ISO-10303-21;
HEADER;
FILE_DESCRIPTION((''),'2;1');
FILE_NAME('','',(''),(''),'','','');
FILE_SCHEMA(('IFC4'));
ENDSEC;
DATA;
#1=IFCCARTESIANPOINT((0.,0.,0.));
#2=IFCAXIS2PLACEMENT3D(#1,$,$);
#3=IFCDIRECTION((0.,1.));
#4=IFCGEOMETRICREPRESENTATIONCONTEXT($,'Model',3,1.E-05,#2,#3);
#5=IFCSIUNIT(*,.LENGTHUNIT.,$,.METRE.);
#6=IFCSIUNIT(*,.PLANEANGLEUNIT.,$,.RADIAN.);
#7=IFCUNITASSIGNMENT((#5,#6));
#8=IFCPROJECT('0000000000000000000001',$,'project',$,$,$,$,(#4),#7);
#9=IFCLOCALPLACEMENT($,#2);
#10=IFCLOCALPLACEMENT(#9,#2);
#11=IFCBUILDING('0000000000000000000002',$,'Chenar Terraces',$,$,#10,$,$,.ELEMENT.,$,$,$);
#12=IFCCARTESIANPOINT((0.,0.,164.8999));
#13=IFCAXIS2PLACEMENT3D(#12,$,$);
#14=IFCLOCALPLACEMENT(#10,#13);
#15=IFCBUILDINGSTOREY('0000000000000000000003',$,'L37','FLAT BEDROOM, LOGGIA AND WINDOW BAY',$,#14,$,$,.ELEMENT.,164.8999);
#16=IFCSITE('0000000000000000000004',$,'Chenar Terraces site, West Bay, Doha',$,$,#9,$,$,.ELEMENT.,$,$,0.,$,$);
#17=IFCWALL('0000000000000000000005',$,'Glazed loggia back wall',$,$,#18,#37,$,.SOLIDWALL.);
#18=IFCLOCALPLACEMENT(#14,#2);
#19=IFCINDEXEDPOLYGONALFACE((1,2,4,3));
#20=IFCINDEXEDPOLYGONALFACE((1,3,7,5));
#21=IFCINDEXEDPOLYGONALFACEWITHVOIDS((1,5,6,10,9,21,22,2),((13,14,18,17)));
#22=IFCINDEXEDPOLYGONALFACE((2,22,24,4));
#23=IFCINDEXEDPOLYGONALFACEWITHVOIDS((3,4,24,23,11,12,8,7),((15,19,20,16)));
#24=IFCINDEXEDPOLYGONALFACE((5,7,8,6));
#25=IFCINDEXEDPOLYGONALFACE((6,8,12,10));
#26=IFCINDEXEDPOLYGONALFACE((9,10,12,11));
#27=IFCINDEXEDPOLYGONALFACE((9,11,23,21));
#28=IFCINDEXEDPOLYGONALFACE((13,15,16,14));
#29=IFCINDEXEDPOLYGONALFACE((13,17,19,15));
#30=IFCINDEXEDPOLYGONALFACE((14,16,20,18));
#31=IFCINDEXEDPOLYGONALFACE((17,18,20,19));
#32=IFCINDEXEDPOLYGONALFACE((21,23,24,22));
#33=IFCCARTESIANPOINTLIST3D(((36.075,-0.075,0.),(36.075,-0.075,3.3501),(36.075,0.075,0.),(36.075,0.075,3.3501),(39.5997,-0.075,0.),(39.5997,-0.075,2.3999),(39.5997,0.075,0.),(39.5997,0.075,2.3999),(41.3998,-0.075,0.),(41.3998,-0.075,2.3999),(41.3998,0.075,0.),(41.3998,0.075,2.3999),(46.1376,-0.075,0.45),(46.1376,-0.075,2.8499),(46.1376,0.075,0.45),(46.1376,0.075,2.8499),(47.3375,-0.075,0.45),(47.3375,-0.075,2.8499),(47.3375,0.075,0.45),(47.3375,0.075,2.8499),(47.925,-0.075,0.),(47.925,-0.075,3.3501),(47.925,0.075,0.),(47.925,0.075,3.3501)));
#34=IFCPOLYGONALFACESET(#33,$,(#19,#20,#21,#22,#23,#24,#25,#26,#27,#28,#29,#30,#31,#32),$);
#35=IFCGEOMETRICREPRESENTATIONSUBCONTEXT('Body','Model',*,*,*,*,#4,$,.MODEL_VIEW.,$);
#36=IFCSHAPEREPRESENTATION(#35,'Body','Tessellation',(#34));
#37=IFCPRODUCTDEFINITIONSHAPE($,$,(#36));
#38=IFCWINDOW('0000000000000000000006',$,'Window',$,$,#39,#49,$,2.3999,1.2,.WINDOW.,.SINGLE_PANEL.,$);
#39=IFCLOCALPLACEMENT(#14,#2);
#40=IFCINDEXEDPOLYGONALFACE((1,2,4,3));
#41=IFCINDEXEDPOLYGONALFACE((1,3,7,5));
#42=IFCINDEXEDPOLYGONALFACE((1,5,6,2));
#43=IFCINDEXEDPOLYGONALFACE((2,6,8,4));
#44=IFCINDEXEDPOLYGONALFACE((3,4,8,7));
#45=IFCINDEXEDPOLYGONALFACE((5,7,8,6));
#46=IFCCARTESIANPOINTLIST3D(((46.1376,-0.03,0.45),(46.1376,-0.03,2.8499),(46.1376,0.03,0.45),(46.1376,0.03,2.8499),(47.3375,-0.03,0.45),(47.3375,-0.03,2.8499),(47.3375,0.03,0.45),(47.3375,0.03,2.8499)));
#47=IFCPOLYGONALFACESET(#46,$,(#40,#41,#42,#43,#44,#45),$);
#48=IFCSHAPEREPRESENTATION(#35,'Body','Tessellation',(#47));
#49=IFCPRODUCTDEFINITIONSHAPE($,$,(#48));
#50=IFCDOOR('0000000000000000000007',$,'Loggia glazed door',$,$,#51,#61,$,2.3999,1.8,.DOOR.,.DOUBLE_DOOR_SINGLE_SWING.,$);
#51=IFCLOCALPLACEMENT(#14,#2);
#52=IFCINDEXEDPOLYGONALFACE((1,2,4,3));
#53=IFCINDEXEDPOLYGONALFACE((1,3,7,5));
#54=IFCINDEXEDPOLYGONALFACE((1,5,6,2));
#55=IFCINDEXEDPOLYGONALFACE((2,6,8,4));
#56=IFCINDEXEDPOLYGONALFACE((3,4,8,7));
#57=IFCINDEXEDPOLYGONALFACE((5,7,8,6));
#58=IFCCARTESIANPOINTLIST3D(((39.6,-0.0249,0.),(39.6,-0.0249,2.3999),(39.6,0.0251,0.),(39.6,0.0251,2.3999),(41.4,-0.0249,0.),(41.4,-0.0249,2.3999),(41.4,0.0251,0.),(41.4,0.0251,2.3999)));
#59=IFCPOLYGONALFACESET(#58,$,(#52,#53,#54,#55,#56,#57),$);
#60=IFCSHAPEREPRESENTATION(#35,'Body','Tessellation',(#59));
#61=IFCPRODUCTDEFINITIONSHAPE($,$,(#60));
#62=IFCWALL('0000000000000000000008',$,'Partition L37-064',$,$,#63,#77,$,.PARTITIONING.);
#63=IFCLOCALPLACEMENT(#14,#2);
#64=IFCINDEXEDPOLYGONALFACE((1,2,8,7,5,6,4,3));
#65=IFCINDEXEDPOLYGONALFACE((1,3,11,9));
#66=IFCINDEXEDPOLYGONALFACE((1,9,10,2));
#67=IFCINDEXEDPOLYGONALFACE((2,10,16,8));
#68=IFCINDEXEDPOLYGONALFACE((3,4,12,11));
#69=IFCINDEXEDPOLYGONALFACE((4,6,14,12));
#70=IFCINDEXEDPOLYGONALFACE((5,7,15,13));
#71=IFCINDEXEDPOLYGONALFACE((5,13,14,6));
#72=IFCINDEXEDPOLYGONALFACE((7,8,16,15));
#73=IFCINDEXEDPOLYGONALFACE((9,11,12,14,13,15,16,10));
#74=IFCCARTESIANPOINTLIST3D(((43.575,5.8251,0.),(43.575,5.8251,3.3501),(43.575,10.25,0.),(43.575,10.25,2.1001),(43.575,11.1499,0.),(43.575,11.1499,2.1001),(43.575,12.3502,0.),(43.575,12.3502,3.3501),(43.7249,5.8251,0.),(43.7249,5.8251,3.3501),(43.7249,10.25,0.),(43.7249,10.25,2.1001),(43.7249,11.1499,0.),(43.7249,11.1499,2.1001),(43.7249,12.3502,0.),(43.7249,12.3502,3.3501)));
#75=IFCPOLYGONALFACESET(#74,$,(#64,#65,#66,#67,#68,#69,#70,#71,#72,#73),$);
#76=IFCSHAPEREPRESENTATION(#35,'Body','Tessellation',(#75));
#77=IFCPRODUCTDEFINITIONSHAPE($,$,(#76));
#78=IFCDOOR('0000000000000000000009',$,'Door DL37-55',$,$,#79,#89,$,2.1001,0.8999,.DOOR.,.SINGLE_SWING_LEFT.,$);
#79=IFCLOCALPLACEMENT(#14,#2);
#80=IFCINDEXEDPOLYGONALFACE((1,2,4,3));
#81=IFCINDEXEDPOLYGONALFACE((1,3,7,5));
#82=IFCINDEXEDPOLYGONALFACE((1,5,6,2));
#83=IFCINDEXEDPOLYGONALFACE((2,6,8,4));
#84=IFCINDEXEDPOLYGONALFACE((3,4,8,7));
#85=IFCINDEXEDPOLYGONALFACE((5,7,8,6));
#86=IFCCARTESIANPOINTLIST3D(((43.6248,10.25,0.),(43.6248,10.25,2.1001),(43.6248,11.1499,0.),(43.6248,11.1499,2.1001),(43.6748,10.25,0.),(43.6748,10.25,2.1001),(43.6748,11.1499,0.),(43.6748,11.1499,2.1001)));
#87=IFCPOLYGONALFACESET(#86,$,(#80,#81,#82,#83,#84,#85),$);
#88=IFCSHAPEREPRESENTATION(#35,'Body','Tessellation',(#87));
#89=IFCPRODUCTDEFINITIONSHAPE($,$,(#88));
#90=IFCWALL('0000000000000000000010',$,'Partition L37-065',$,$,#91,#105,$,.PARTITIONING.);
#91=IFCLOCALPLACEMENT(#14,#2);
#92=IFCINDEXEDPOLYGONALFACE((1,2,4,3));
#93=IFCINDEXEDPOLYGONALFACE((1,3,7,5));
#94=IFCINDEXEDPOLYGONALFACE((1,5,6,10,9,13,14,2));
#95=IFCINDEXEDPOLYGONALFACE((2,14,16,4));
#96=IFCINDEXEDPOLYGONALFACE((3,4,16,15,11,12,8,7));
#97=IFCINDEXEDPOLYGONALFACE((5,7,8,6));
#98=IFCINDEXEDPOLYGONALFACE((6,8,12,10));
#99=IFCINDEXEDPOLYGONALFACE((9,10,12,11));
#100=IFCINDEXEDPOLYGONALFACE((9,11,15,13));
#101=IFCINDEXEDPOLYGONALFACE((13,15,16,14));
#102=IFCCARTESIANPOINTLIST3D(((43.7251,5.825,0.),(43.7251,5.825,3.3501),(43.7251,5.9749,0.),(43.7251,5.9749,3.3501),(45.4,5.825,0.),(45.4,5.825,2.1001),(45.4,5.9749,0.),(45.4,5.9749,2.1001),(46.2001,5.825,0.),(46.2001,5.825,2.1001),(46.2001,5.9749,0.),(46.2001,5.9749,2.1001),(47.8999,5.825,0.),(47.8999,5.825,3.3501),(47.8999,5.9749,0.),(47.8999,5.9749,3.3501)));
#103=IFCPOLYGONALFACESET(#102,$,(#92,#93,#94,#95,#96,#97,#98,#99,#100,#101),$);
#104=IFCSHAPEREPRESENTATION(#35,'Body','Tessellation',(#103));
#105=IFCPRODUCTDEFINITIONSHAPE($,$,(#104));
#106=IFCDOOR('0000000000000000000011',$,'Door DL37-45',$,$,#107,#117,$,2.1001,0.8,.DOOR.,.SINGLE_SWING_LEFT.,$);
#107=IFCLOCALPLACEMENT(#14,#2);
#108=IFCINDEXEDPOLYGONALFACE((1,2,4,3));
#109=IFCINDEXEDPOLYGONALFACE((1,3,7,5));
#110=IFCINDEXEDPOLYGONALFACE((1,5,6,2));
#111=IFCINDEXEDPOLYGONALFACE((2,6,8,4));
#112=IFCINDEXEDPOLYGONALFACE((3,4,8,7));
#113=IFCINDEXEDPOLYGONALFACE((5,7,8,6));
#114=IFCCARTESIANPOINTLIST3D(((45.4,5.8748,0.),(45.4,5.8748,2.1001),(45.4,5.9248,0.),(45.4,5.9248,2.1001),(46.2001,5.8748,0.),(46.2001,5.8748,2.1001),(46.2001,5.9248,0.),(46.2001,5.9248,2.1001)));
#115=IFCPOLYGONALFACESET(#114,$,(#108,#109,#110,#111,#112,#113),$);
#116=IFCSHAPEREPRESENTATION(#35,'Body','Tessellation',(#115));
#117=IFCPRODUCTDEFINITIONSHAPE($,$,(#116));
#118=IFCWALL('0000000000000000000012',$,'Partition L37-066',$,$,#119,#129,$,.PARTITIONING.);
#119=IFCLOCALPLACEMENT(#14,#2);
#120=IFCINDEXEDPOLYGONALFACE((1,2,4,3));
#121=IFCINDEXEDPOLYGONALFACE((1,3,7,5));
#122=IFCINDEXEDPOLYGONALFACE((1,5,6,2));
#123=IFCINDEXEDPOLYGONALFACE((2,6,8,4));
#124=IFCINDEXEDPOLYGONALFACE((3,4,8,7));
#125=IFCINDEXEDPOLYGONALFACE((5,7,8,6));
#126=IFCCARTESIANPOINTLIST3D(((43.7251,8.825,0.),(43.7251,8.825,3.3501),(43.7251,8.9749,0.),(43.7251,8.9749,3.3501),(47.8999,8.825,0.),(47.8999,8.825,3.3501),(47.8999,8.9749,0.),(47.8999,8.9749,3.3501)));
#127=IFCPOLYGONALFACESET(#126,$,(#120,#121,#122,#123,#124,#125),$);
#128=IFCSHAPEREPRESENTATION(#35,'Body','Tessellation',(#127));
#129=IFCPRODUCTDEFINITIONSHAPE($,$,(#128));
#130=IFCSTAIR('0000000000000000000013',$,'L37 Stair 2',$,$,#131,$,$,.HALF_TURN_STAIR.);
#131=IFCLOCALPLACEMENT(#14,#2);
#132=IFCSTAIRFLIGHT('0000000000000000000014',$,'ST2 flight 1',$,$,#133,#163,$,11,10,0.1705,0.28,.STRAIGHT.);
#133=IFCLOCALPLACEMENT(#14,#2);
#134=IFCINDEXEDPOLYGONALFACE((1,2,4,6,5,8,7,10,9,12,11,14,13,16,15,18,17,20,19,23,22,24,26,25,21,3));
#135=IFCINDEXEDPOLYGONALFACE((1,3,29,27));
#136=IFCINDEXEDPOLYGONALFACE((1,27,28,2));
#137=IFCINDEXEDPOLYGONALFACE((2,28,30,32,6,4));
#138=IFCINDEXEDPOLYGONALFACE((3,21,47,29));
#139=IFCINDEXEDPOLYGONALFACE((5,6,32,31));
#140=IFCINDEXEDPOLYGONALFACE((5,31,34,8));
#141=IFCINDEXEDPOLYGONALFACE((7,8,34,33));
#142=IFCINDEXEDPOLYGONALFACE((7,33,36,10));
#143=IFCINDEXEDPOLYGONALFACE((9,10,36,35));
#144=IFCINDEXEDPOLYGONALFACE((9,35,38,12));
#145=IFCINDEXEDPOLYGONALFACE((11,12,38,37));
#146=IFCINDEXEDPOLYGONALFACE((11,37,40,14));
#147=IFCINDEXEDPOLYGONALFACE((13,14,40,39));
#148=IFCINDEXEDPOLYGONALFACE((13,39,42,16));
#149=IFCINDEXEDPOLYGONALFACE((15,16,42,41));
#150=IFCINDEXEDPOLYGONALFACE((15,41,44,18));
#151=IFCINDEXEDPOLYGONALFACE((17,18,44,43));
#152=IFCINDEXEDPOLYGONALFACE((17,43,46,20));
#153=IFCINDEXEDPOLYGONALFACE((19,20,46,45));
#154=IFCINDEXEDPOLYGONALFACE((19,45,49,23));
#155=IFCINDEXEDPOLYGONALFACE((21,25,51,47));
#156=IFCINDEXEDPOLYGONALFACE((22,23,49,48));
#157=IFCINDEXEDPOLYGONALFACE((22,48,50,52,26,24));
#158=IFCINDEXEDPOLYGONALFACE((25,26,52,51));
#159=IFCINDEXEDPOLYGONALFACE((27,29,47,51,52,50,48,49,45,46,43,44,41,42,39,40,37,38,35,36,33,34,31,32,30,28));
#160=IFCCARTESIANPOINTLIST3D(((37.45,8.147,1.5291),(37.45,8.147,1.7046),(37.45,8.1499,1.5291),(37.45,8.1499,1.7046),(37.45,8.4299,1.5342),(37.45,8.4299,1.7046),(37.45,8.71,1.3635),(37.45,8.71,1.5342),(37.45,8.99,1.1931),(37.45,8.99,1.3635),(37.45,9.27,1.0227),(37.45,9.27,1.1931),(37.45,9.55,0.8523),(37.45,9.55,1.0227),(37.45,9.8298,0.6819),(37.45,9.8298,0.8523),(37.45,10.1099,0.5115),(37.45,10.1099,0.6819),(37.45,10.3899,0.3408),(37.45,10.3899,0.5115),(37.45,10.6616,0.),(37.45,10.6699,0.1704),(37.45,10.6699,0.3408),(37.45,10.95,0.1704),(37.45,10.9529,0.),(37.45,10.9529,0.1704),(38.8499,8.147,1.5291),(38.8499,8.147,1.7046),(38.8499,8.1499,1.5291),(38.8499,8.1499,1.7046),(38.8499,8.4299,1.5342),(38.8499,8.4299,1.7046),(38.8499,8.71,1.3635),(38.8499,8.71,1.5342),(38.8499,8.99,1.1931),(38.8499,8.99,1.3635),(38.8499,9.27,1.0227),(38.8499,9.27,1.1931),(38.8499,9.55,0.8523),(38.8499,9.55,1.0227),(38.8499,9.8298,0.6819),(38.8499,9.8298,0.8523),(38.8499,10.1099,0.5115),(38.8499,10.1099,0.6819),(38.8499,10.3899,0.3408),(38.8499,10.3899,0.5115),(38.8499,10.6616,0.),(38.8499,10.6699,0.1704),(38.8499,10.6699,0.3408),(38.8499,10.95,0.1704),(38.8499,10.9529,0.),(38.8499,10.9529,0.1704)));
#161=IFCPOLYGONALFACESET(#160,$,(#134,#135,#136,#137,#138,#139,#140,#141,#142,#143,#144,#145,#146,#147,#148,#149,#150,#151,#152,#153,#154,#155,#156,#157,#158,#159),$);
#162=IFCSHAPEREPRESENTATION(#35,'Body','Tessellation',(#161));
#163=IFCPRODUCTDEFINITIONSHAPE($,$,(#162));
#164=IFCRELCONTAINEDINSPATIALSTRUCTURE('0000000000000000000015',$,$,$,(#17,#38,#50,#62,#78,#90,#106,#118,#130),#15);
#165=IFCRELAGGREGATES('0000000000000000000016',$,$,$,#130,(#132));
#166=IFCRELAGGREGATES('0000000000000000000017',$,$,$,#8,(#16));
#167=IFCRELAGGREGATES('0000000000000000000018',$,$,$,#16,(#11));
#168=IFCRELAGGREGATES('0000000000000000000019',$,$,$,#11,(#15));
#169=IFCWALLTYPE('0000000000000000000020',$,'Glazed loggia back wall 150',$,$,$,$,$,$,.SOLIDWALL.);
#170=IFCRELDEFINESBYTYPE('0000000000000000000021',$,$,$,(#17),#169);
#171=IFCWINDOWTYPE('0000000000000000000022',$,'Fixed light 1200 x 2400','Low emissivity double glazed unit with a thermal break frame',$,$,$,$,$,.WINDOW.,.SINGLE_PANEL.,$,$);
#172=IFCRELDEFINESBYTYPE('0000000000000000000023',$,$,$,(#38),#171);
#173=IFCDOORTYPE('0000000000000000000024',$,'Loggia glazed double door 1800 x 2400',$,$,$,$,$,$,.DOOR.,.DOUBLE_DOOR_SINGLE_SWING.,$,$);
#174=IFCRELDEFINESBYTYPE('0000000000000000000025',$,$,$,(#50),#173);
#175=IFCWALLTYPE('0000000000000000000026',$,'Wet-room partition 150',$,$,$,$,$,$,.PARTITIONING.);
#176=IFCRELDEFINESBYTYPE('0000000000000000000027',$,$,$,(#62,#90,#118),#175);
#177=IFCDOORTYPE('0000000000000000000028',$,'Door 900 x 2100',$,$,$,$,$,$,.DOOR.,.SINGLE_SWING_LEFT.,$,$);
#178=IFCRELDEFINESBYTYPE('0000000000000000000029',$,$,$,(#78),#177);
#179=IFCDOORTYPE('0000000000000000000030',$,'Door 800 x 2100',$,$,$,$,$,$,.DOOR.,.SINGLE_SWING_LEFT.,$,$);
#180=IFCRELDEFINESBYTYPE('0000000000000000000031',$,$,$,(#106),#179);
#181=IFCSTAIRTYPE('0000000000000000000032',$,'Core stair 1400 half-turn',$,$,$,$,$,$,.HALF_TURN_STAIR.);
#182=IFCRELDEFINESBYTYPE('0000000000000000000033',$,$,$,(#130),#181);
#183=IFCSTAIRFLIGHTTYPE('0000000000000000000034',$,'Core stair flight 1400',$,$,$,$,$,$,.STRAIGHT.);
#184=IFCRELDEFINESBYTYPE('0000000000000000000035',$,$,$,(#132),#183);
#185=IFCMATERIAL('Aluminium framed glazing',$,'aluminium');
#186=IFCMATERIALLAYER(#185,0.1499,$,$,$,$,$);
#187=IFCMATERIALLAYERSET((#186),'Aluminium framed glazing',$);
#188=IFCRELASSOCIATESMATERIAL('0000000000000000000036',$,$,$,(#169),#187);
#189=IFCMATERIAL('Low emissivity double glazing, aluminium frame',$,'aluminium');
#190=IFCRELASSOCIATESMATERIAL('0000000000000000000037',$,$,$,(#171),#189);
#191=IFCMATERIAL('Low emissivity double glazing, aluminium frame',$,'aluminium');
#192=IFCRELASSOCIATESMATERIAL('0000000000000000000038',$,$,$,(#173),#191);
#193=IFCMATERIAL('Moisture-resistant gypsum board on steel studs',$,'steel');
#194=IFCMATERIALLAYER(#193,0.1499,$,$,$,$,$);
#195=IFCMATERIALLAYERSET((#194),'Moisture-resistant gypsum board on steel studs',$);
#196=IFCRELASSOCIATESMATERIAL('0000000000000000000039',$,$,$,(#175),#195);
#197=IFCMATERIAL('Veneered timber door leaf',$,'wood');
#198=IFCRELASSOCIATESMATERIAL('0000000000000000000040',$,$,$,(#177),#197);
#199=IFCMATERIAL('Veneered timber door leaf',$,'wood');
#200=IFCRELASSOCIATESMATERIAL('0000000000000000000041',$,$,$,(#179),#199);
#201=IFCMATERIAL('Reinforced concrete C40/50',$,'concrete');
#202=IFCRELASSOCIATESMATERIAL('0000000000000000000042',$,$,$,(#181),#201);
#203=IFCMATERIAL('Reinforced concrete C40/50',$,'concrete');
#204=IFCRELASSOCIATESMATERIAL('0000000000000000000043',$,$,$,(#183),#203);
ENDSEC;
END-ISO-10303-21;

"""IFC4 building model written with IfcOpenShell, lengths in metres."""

from ifc_helpers import new_model, si_unit, direction, frame, frame_2d, origin, place, context, subcontext, project, spatial, polyline, rectangle, outline, extrude, material, layer, layer_set, type_object, element, fill, aggregate, save


model = new_model("IFC4")

# Units and contexts
model_context = context("Model", 3, precision=1e-05, world=origin(), true_north=direction((0.0, 1.0)))
body_context = subcontext(model_context, "Body", "Model", "MODEL_VIEW")
ifc_project = project(units=[si_unit("LENGTHUNIT", "METRE"), si_unit("PLANEANGLEUNIT", "RADIAN")], contexts=[model_context])

# Site, building, storey
site_placement = place(None, origin())
site = spatial("IfcSite", under=ifc_project, at=site_placement, Name="Chenar Terraces site, West Bay, Doha", CompositionType="ELEMENT", RefElevation=0.0)
building_placement = place(site_placement, origin())
building = spatial("IfcBuilding", under=site, at=building_placement, Name="Chenar Terraces", CompositionType="ELEMENT")
storey_placement = place(building_placement, frame((0.0, 0.0, 164.8999)))
storey = spatial("IfcBuildingStorey", under=building, at=storey_placement, Name="L37", Description="FLAT BEDROOM, LOGGIA AND WINDOW BAY", CompositionType="ELEMENT", Elevation=164.8999)

# Wall, openings, window, door
ifc_material_1 = material(Name="Aluminium framed glazing", Category="aluminium")
ifc_layer_1 = layer(ifc_material_1, 0.1499)
ifc_layer_set_1 = layer_set([ifc_layer_1], Name="Aluminium framed glazing")
wall_type_1 = type_object("IfcWallType", Name="Glazed loggia back wall 150", PredefinedType="SOLIDWALL", material=ifc_layer_set_1)
wall_1_placement = place(storey_placement, frame((36.075, 0.0, 0.0), z_axis=(0.0, 0.0, 1.0), x_axis=(1.0, 0.0, 0.0)))
wall_1 = element("IfcWall", 1, at=wall_1_placement, inside=storey, type_object=wall_type_1, Name="Glazed loggia back wall", PredefinedType="SOLIDWALL", context=body_context, shape_type="SweptSolid", body=[
    extrude(rectangle(XDim=11.8501, YDim=0.1499, at=frame_2d((5.925, 0.0))), origin(), (0.0, 0.0, 1.0), 3.3501),
])
opening_1_placement = place(wall_1_placement, frame((3.5249, 0.0, 0.0)))
opening_1 = element("IfcOpeningElement", 2, at=opening_1_placement, cuts=wall_1, PredefinedType="OPENING", context=body_context, shape_type="SweptSolid", body=[
    extrude(rectangle(XDim=1.8, YDim=2.3999, at=frame_2d((0.8999, 1.2))), frame((0.0, 0.085, 0.0), z_axis=(0.0, -1.0, 0.0), x_axis=(1.0, 0.0, 0.0)), (0.0, 0.0, 1.0), 0.1699),
])
opening_2_placement = place(wall_1_placement, frame((10.0625, 0.0, 0.45)))
opening_2 = element("IfcOpeningElement", 3, at=opening_2_placement, cuts=wall_1, PredefinedType="OPENING", context=body_context, shape_type="SweptSolid", body=[
    extrude(rectangle(XDim=1.2, YDim=2.3999, at=frame_2d((0.6001, 1.2))), frame((0.0, 0.085, 0.0), z_axis=(0.0, -1.0, 0.0), x_axis=(1.0, 0.0, 0.0)), (0.0, 0.0, 1.0), 0.1699),
])
ifc_material_2 = material(Name="Low emissivity double glazing, aluminium frame", Category="aluminium")
window_type = type_object("IfcWindowType", Name="Fixed light 1200 x 2400", Description="Low emissivity double glazed unit with a thermal break frame", PartitioningType="SINGLE_PANEL", PredefinedType="WINDOW", material=ifc_material_2)
window_placement = place(opening_2_placement, origin())
window = element("IfcWindow", 4, at=window_placement, inside=storey, type_object=window_type, Name="Window", OverallHeight=2.3999, OverallWidth=1.2, PartitioningType="SINGLE_PANEL", PredefinedType="WINDOW", context=body_context, shape_type="SweptSolid", body=[
    extrude(rectangle(XDim=1.2, YDim=2.3999, at=frame_2d((0.6001, 1.2))), frame((0.0, 0.03, 0.0), z_axis=(0.0, -1.0, 0.0), x_axis=(1.0, 0.0, 0.0)), (0.0, 0.0, 1.0), 0.0601),
])
fill(opening_2, window)
ifc_material_3 = material(Name="Low emissivity double glazing, aluminium frame", Category="aluminium")
door_type_1 = type_object("IfcDoorType", Name="Loggia glazed double door 1800 x 2400", OperationType="DOUBLE_DOOR_SINGLE_SWING", PredefinedType="DOOR", material=ifc_material_3)
door_1_placement = place(opening_1_placement, frame((1.8, 0.0, 0.0), z_axis=(0.0, 0.0, 1.0), x_axis=(-1.0, 0.0, 0.0)))
door_1 = element("IfcDoor", 5, at=door_1_placement, inside=storey, type_object=door_type_1, Name="Loggia glazed door", OperationType="DOUBLE_DOOR_SINGLE_SWING", OverallHeight=2.3999, OverallWidth=1.8, PredefinedType="DOOR", context=body_context, shape_type="SweptSolid", body=[
    extrude(rectangle(XDim=1.8, YDim=2.3999, at=frame_2d((0.8999, 1.2))), frame((0.0, 0.0249, 0.0), z_axis=(0.0, -1.0, 0.0), x_axis=(1.0, 0.0, 0.0)), (0.0, 0.0, 1.0), 0.05),
])
fill(opening_1, door_1)

# Walls, openings, doors
ifc_material_4 = material(Name="Moisture-resistant gypsum board on steel studs", Category="steel")
ifc_layer_2 = layer(ifc_material_4, 0.1499)
ifc_layer_set_2 = layer_set([ifc_layer_2], Name="Moisture-resistant gypsum board on steel studs")
wall_type_2 = type_object("IfcWallType", Name="Wet-room partition 150", PredefinedType="PARTITIONING", material=ifc_layer_set_2)
wall_2_placement = place(storey_placement, frame((43.6499, 5.825, 0.0), z_axis=(0.0, 0.0, 1.0), x_axis=(0.0, 1.0, 0.0)))
wall_2 = element("IfcWall", 6, at=wall_2_placement, inside=storey, type_object=wall_type_2, Name="Partition L37-064", PredefinedType="PARTITIONING", context=body_context, shape_type="SweptSolid", body=[
    extrude(rectangle(XDim=6.5251, YDim=0.1499, at=frame_2d((3.2627, 0.0))), origin(), (0.0, 0.0, 1.0), 3.3501),
])
opening_3_placement = place(wall_2_placement, frame((4.425, 0.0, 0.0)))
opening_3 = element("IfcOpeningElement", 7, at=opening_3_placement, cuts=wall_2, PredefinedType="OPENING", context=body_context, shape_type="SweptSolid", body=[
    extrude(rectangle(XDim=0.8999, YDim=2.1001, at=frame_2d((0.45, 1.05))), frame((0.0, 0.085, 0.0), z_axis=(0.0, -1.0, 0.0), x_axis=(1.0, 0.0, 0.0)), (0.0, 0.0, 1.0), 0.1699),
])
ifc_material_5 = material(Name="Veneered timber door leaf", Category="wood")
door_type_2 = type_object("IfcDoorType", Name="Door 900 x 2100", OperationType="SINGLE_SWING_LEFT", PredefinedType="DOOR", material=ifc_material_5)
door_2_placement = place(opening_3_placement, frame((0.8999, 0.0, 0.0), z_axis=(0.0, 0.0, 1.0), x_axis=(-1.0, 0.0, 0.0)))
door_2 = element("IfcDoor", 8, at=door_2_placement, inside=storey, type_object=door_type_2, Name="Door DL37-55", OperationType="SINGLE_SWING_LEFT", OverallHeight=2.1001, OverallWidth=0.8999, PredefinedType="DOOR", context=body_context, shape_type="SweptSolid", body=[
    extrude(rectangle(XDim=0.8999, YDim=2.1001, at=frame_2d((0.45, 1.05))), frame((0.0, 0.0249, 0.0), z_axis=(0.0, -1.0, 0.0), x_axis=(1.0, 0.0, 0.0)), (0.0, 0.0, 1.0), 0.05),
])
fill(opening_3, door_2)
wall_3_placement = place(storey_placement, frame((43.7251, 5.8999, 0.0), z_axis=(0.0, 0.0, 1.0), x_axis=(1.0, 0.0, 0.0)))
wall_3 = element("IfcWall", 9, at=wall_3_placement, inside=storey, type_object=wall_type_2, Name="Partition L37-065", PredefinedType="PARTITIONING", context=body_context, shape_type="SweptSolid", body=[
    extrude(rectangle(XDim=4.1748, YDim=0.1499, at=frame_2d((2.0874, 0.0))), origin(), (0.0, 0.0, 1.0), 3.3501),
])
opening_4_placement = place(wall_3_placement, frame((1.675, 0.0, 0.0)))
opening_4 = element("IfcOpeningElement", 10, at=opening_4_placement, cuts=wall_3, PredefinedType="OPENING", context=body_context, shape_type="SweptSolid", body=[
    extrude(rectangle(XDim=0.8, YDim=2.1001, at=frame_2d((0.3999, 1.05))), frame((0.0, 0.085, 0.0), z_axis=(0.0, -1.0, 0.0), x_axis=(1.0, 0.0, 0.0)), (0.0, 0.0, 1.0), 0.1699),
])
ifc_material_6 = material(Name="Veneered timber door leaf", Category="wood")
door_type_3 = type_object("IfcDoorType", Name="Door 800 x 2100", OperationType="SINGLE_SWING_LEFT", PredefinedType="DOOR", material=ifc_material_6)
door_3_placement = place(opening_4_placement, origin())
door_3 = element("IfcDoor", 11, at=door_3_placement, inside=storey, type_object=door_type_3, Name="Door DL37-45", OperationType="SINGLE_SWING_LEFT", OverallHeight=2.1001, OverallWidth=0.8, PredefinedType="DOOR", context=body_context, shape_type="SweptSolid", body=[
    extrude(rectangle(XDim=0.8, YDim=2.1001, at=frame_2d((0.3999, 1.05))), frame((0.0, 0.0249, 0.0), z_axis=(0.0, -1.0, 0.0), x_axis=(1.0, 0.0, 0.0)), (0.0, 0.0, 1.0), 0.05),
])
fill(opening_4, door_3)

# Wall
wall_4_placement = place(storey_placement, frame((43.7251, 8.8999, 0.0), z_axis=(0.0, 0.0, 1.0), x_axis=(1.0, 0.0, 0.0)))
element("IfcWall", 12, at=wall_4_placement, inside=storey, type_object=wall_type_2, Name="Partition L37-066", PredefinedType="PARTITIONING", context=body_context, shape_type="SweptSolid", body=[
    extrude(rectangle(XDim=4.1748, YDim=0.1499, at=frame_2d((2.0874, 0.0))), origin(), (0.0, 0.0, 1.0), 3.3501),
])

# Stair, stair flight
ifc_material_7 = material(Name="Reinforced concrete C40/50", Category="concrete")
stair_type = type_object("IfcStairType", Name="Core stair 1400 half-turn", PredefinedType="HALF_TURN_STAIR", material=ifc_material_7)
stair_placement = place(storey_placement, origin())
stair = element("IfcStair", 13, at=stair_placement, inside=storey, type_object=stair_type, Name="L37 Stair 2", PredefinedType="HALF_TURN_STAIR")
ifc_material_8 = material(Name="Reinforced concrete C40/50", Category="concrete")
stair_flight_type = type_object("IfcStairFlightType", Name="Core stair flight 1400", PredefinedType="STRAIGHT", material=ifc_material_8)
stair_flight_1_placement = place(storey_placement, frame((38.1499, 10.95, 0.0), z_axis=(0.0, 0.0, 1.0), x_axis=(0.0, -1.0, 0.0)))
stair_flight_1 = element("IfcStairFlight", 14, at=stair_flight_1_placement, type_object=stair_flight_type, Name="ST2 flight 1", NumberOfRisers=11, NumberOfTreads=10, PredefinedType="STRAIGHT", RiserHeight=0.1705, TreadLength=0.28, context=body_context, shape_type="SweptSolid", body=[
    extrude(outline(polyline([(-0.0029, 0.0), (-0.0029, 0.1704), (0.0, 0.1704), (0.28, 0.1704), (0.28, 0.3408), (0.5601, 0.3408), (0.5601, 0.5115), (0.8401, 0.5115), (0.8401, 0.6819), (1.1201, 0.6819), (1.1201, 0.8523), (1.3999, 0.8523), (1.3999, 1.0227), (1.6799, 1.0227), (1.6799, 1.1931), (1.96, 1.1931), (1.96, 1.3635), (2.24, 1.3635), (2.24, 1.5342), (2.52, 1.5342), (2.52, 1.7046), (2.8, 1.7046), (2.803, 1.7046), (2.803, 1.5291), (2.8, 1.5291), (0.2883, 0.0), (-0.0029, 0.0)])), frame((0.0, 0.7, 0.0), z_axis=(0.0, -1.0, 0.0), x_axis=(1.0, 0.0, 0.0)), (0.0, 0.0, 1.0), 1.3999),
])
aggregate(stair, [stair_flight_1])

save(model, "model.ifc")
